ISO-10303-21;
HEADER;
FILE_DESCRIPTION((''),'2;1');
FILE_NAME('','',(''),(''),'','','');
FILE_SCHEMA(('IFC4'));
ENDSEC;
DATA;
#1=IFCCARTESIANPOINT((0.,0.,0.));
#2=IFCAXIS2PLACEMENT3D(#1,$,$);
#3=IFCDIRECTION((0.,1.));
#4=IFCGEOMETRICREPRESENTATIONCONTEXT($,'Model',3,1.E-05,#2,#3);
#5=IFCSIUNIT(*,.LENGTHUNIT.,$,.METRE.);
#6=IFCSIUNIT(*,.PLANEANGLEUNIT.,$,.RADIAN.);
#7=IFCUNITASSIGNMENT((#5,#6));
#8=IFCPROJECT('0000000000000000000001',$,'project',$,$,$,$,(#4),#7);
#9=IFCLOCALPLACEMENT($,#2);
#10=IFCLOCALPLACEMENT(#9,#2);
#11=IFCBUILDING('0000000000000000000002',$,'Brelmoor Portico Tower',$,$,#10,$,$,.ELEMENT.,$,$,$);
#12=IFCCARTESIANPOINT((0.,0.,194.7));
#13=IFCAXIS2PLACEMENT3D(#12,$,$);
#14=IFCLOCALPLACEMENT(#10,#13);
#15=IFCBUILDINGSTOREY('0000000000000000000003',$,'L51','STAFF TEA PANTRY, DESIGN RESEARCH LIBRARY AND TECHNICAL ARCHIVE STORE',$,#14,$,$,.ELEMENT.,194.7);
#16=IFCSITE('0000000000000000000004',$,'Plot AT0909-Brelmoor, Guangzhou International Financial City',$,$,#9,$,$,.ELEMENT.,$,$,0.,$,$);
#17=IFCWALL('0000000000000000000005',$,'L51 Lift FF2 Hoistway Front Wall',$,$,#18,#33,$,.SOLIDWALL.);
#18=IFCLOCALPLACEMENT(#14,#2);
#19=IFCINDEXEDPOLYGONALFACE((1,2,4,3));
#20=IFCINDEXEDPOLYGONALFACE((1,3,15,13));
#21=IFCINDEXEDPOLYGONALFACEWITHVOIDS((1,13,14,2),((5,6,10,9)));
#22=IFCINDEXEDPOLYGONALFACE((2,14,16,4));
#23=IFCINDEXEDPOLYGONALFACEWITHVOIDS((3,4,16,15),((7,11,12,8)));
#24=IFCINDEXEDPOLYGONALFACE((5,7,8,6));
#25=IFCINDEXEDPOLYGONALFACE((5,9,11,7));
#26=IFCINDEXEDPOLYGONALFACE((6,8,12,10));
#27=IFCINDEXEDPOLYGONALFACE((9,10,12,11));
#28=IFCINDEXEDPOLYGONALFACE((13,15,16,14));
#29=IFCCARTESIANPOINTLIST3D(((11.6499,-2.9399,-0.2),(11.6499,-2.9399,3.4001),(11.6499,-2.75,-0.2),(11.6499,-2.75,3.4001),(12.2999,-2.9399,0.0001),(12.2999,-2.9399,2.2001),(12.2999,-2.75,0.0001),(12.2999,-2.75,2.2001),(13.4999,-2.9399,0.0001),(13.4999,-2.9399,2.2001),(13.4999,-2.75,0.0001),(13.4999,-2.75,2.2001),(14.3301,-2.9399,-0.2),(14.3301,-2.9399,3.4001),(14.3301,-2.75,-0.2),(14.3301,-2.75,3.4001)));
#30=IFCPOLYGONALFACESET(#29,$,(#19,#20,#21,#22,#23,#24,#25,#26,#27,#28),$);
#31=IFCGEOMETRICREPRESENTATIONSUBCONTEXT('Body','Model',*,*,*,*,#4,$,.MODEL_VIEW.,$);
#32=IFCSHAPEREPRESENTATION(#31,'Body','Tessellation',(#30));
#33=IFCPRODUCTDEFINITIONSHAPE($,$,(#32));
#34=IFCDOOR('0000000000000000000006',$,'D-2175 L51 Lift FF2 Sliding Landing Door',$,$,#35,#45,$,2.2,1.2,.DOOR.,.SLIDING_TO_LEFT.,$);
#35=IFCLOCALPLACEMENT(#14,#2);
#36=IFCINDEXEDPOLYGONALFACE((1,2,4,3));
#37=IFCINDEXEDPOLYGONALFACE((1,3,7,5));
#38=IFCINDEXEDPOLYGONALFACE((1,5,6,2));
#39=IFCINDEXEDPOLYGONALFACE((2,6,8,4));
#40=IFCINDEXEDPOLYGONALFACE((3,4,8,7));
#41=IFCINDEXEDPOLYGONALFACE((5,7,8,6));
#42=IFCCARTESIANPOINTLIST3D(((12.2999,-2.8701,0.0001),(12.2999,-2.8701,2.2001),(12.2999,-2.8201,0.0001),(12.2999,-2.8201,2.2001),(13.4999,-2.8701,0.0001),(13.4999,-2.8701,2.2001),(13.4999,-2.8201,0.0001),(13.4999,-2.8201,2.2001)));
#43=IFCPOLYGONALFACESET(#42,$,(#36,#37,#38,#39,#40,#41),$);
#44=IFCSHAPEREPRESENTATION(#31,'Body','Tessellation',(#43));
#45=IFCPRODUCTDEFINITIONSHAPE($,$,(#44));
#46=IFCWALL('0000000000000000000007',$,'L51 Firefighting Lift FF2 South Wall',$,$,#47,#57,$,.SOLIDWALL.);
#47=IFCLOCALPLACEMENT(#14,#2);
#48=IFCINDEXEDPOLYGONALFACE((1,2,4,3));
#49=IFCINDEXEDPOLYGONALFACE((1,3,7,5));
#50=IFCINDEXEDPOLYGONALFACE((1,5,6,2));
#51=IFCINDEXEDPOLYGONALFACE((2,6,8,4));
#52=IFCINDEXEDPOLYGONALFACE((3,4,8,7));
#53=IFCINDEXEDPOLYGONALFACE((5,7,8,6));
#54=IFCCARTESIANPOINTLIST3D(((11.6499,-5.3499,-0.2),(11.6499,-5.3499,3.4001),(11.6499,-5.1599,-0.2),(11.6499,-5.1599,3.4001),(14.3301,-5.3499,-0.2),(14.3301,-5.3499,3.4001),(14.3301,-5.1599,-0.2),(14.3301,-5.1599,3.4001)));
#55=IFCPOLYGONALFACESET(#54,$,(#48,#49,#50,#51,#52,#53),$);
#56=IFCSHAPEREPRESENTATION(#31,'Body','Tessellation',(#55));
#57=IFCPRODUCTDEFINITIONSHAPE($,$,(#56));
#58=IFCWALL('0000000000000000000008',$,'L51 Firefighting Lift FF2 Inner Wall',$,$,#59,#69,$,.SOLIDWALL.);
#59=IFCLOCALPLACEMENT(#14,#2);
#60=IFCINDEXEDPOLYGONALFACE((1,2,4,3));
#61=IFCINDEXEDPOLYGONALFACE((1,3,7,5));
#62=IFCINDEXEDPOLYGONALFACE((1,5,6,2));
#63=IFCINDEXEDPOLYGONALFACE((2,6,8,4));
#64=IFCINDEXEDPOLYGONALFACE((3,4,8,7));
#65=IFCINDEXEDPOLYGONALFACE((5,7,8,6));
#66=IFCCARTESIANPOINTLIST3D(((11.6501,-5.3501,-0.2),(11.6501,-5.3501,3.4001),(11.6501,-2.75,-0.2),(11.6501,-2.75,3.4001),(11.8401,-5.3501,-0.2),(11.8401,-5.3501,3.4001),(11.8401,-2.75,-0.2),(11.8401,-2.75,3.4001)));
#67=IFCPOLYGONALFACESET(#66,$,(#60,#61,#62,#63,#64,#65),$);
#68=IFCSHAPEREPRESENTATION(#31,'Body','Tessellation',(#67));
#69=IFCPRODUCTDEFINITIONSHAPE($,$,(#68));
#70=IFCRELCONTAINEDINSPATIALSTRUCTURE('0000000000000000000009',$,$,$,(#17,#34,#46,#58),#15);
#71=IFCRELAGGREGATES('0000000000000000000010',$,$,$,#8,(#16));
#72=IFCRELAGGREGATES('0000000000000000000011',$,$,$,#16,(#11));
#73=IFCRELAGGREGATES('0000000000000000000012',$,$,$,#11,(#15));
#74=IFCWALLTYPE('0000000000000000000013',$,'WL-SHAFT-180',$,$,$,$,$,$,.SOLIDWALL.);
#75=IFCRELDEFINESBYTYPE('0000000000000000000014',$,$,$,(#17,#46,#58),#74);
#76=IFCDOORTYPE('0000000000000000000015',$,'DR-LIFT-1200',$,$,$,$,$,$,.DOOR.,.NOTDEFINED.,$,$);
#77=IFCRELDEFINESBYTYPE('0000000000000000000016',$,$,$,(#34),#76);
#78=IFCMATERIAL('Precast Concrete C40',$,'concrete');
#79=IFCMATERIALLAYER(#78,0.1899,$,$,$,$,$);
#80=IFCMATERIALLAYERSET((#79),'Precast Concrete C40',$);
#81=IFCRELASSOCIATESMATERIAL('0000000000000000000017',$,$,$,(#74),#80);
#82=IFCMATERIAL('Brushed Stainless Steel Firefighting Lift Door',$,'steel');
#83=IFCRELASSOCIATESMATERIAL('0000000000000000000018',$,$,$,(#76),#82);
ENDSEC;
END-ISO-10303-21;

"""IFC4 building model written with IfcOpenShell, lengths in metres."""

from ifc_helpers import new_model, si_unit, direction, frame, frame_2d, origin, place, context, subcontext, project, spatial, rectangle, extrude, material, layer, layer_set, type_object, element, fill, save


model = new_model("IFC4")

# Units and contexts
model_context = context("Model", 3, precision=1e-05, world=origin(), true_north=direction((0.0, 1.0)))
body_context = subcontext(model_context, "Body", "Model", "MODEL_VIEW")
ifc_project = project(units=[si_unit("LENGTHUNIT", "METRE"), si_unit("PLANEANGLEUNIT", "RADIAN")], contexts=[model_context])

# Site, building, storey
site_placement = place(None, origin())
site = spatial("IfcSite", under=ifc_project, at=site_placement, Name="Plot AT0909-Brelmoor, Guangzhou International Financial City", CompositionType="ELEMENT", RefElevation=0.0)
building_placement = place(site_placement, origin())
building = spatial("IfcBuilding", under=site, at=building_placement, Name="Brelmoor Portico Tower", CompositionType="ELEMENT")
storey_placement = place(building_placement, frame((0.0, 0.0, 194.7)))
storey = spatial("IfcBuildingStorey", under=building, at=storey_placement, Name="L51", Description="STAFF TEA PANTRY, DESIGN RESEARCH LIBRARY AND TECHNICAL ARCHIVE STORE", CompositionType="ELEMENT", Elevation=194.7)

# Shared definitions
ifc_material_1 = material(Name="Precast Concrete C40", Category="concrete")
ifc_layer_1 = layer(ifc_material_1, 0.1899)
ifc_layer_set_1 = layer_set([ifc_layer_1], Name="Precast Concrete C40")
wall_type_1 = type_object("IfcWallType", Name="WL-SHAFT-180", PredefinedType="SOLIDWALL", material=ifc_layer_set_1)

# Wall, opening, door
wall_1_placement = place(storey_placement, frame((11.6499, -2.845, -0.2), z_axis=(0.0, 0.0, 1.0), x_axis=(1.0, 0.0, 0.0)))
wall_1 = element("IfcWall", 1, at=wall_1_placement, inside=storey, type_object=wall_type_1, Name="L51 Lift FF2 Hoistway Front Wall", PredefinedType="SOLIDWALL", context=body_context, shape_type="SweptSolid", body=[
    extrude(rectangle(XDim=2.6802, YDim=0.1899, at=frame_2d((1.3401, 0.0))), origin(), (0.0, 0.0, 1.0), 3.6001),
])
opening_1_placement = place(wall_1_placement, frame((0.6499, 0.0, 0.2)))
opening_1 = element("IfcOpeningElement", 2, at=opening_1_placement, cuts=wall_1, PredefinedType="OPENING", context=body_context, shape_type="SweptSolid", body=[
    extrude(rectangle(XDim=1.2, YDim=2.2, at=frame_2d((0.6001, 1.1001))), frame((0.0, 0.105, 0.0), z_axis=(0.0, -1.0, 0.0), x_axis=(1.0, 0.0, 0.0)), (0.0, 0.0, 1.0), 0.21),
])
ifc_material_2 = material(Name="Brushed Stainless Steel Firefighting Lift Door", Category="steel")
door_type_1 = type_object("IfcDoorType", Name="DR-LIFT-1200", OperationType="NOTDEFINED", PredefinedType="DOOR", material=ifc_material_2)
door_1_placement = place(opening_1_placement, origin())
door_1 = element("IfcDoor", 3, at=door_1_placement, inside=storey, type_object=door_type_1, Name="D-2175 L51 Lift FF2 Sliding Landing Door", OperationType="SLIDING_TO_LEFT", OverallHeight=2.2, OverallWidth=1.2, PredefinedType="DOOR", context=body_context, shape_type="SweptSolid", body=[
    extrude(rectangle(XDim=1.2, YDim=2.2, at=frame_2d((0.6001, 1.1001))), frame((0.0, 0.0249, 0.0), z_axis=(0.0, -1.0, 0.0), x_axis=(1.0, 0.0, 0.0)), (0.0, 0.0, 1.0), 0.05),
])
fill(opening_1, door_1)

# Walls
wall_2_placement = place(storey_placement, frame((11.6499, -5.2549, -0.2), z_axis=(0.0, 0.0, 1.0), x_axis=(1.0, 0.0, 0.0)))
element("IfcWall", 4, at=wall_2_placement, inside=storey, type_object=wall_type_1, Name="L51 Firefighting Lift FF2 South Wall", PredefinedType="SOLIDWALL", context=body_context, shape_type="SweptSolid", body=[
    extrude(rectangle(XDim=2.6802, YDim=0.1899, at=frame_2d((1.3401, 0.0))), origin(), (0.0, 0.0, 1.0), 3.6001),
])
wall_3_placement = place(storey_placement, frame((11.7451, -5.3501, -0.2), z_axis=(0.0, 0.0, 1.0), x_axis=(0.0, 1.0, 0.0)))
element("IfcWall", 5, at=wall_3_placement, inside=storey, type_object=wall_type_1, Name="L51 Firefighting Lift FF2 Inner Wall", PredefinedType="SOLIDWALL", context=body_context, shape_type="SweptSolid", body=[
    extrude(rectangle(XDim=2.6001, YDim=0.1899, at=frame_2d((1.3, 0.0))), origin(), (0.0, 0.0, 1.0), 3.6001),
])

save(model, "model.ifc")
